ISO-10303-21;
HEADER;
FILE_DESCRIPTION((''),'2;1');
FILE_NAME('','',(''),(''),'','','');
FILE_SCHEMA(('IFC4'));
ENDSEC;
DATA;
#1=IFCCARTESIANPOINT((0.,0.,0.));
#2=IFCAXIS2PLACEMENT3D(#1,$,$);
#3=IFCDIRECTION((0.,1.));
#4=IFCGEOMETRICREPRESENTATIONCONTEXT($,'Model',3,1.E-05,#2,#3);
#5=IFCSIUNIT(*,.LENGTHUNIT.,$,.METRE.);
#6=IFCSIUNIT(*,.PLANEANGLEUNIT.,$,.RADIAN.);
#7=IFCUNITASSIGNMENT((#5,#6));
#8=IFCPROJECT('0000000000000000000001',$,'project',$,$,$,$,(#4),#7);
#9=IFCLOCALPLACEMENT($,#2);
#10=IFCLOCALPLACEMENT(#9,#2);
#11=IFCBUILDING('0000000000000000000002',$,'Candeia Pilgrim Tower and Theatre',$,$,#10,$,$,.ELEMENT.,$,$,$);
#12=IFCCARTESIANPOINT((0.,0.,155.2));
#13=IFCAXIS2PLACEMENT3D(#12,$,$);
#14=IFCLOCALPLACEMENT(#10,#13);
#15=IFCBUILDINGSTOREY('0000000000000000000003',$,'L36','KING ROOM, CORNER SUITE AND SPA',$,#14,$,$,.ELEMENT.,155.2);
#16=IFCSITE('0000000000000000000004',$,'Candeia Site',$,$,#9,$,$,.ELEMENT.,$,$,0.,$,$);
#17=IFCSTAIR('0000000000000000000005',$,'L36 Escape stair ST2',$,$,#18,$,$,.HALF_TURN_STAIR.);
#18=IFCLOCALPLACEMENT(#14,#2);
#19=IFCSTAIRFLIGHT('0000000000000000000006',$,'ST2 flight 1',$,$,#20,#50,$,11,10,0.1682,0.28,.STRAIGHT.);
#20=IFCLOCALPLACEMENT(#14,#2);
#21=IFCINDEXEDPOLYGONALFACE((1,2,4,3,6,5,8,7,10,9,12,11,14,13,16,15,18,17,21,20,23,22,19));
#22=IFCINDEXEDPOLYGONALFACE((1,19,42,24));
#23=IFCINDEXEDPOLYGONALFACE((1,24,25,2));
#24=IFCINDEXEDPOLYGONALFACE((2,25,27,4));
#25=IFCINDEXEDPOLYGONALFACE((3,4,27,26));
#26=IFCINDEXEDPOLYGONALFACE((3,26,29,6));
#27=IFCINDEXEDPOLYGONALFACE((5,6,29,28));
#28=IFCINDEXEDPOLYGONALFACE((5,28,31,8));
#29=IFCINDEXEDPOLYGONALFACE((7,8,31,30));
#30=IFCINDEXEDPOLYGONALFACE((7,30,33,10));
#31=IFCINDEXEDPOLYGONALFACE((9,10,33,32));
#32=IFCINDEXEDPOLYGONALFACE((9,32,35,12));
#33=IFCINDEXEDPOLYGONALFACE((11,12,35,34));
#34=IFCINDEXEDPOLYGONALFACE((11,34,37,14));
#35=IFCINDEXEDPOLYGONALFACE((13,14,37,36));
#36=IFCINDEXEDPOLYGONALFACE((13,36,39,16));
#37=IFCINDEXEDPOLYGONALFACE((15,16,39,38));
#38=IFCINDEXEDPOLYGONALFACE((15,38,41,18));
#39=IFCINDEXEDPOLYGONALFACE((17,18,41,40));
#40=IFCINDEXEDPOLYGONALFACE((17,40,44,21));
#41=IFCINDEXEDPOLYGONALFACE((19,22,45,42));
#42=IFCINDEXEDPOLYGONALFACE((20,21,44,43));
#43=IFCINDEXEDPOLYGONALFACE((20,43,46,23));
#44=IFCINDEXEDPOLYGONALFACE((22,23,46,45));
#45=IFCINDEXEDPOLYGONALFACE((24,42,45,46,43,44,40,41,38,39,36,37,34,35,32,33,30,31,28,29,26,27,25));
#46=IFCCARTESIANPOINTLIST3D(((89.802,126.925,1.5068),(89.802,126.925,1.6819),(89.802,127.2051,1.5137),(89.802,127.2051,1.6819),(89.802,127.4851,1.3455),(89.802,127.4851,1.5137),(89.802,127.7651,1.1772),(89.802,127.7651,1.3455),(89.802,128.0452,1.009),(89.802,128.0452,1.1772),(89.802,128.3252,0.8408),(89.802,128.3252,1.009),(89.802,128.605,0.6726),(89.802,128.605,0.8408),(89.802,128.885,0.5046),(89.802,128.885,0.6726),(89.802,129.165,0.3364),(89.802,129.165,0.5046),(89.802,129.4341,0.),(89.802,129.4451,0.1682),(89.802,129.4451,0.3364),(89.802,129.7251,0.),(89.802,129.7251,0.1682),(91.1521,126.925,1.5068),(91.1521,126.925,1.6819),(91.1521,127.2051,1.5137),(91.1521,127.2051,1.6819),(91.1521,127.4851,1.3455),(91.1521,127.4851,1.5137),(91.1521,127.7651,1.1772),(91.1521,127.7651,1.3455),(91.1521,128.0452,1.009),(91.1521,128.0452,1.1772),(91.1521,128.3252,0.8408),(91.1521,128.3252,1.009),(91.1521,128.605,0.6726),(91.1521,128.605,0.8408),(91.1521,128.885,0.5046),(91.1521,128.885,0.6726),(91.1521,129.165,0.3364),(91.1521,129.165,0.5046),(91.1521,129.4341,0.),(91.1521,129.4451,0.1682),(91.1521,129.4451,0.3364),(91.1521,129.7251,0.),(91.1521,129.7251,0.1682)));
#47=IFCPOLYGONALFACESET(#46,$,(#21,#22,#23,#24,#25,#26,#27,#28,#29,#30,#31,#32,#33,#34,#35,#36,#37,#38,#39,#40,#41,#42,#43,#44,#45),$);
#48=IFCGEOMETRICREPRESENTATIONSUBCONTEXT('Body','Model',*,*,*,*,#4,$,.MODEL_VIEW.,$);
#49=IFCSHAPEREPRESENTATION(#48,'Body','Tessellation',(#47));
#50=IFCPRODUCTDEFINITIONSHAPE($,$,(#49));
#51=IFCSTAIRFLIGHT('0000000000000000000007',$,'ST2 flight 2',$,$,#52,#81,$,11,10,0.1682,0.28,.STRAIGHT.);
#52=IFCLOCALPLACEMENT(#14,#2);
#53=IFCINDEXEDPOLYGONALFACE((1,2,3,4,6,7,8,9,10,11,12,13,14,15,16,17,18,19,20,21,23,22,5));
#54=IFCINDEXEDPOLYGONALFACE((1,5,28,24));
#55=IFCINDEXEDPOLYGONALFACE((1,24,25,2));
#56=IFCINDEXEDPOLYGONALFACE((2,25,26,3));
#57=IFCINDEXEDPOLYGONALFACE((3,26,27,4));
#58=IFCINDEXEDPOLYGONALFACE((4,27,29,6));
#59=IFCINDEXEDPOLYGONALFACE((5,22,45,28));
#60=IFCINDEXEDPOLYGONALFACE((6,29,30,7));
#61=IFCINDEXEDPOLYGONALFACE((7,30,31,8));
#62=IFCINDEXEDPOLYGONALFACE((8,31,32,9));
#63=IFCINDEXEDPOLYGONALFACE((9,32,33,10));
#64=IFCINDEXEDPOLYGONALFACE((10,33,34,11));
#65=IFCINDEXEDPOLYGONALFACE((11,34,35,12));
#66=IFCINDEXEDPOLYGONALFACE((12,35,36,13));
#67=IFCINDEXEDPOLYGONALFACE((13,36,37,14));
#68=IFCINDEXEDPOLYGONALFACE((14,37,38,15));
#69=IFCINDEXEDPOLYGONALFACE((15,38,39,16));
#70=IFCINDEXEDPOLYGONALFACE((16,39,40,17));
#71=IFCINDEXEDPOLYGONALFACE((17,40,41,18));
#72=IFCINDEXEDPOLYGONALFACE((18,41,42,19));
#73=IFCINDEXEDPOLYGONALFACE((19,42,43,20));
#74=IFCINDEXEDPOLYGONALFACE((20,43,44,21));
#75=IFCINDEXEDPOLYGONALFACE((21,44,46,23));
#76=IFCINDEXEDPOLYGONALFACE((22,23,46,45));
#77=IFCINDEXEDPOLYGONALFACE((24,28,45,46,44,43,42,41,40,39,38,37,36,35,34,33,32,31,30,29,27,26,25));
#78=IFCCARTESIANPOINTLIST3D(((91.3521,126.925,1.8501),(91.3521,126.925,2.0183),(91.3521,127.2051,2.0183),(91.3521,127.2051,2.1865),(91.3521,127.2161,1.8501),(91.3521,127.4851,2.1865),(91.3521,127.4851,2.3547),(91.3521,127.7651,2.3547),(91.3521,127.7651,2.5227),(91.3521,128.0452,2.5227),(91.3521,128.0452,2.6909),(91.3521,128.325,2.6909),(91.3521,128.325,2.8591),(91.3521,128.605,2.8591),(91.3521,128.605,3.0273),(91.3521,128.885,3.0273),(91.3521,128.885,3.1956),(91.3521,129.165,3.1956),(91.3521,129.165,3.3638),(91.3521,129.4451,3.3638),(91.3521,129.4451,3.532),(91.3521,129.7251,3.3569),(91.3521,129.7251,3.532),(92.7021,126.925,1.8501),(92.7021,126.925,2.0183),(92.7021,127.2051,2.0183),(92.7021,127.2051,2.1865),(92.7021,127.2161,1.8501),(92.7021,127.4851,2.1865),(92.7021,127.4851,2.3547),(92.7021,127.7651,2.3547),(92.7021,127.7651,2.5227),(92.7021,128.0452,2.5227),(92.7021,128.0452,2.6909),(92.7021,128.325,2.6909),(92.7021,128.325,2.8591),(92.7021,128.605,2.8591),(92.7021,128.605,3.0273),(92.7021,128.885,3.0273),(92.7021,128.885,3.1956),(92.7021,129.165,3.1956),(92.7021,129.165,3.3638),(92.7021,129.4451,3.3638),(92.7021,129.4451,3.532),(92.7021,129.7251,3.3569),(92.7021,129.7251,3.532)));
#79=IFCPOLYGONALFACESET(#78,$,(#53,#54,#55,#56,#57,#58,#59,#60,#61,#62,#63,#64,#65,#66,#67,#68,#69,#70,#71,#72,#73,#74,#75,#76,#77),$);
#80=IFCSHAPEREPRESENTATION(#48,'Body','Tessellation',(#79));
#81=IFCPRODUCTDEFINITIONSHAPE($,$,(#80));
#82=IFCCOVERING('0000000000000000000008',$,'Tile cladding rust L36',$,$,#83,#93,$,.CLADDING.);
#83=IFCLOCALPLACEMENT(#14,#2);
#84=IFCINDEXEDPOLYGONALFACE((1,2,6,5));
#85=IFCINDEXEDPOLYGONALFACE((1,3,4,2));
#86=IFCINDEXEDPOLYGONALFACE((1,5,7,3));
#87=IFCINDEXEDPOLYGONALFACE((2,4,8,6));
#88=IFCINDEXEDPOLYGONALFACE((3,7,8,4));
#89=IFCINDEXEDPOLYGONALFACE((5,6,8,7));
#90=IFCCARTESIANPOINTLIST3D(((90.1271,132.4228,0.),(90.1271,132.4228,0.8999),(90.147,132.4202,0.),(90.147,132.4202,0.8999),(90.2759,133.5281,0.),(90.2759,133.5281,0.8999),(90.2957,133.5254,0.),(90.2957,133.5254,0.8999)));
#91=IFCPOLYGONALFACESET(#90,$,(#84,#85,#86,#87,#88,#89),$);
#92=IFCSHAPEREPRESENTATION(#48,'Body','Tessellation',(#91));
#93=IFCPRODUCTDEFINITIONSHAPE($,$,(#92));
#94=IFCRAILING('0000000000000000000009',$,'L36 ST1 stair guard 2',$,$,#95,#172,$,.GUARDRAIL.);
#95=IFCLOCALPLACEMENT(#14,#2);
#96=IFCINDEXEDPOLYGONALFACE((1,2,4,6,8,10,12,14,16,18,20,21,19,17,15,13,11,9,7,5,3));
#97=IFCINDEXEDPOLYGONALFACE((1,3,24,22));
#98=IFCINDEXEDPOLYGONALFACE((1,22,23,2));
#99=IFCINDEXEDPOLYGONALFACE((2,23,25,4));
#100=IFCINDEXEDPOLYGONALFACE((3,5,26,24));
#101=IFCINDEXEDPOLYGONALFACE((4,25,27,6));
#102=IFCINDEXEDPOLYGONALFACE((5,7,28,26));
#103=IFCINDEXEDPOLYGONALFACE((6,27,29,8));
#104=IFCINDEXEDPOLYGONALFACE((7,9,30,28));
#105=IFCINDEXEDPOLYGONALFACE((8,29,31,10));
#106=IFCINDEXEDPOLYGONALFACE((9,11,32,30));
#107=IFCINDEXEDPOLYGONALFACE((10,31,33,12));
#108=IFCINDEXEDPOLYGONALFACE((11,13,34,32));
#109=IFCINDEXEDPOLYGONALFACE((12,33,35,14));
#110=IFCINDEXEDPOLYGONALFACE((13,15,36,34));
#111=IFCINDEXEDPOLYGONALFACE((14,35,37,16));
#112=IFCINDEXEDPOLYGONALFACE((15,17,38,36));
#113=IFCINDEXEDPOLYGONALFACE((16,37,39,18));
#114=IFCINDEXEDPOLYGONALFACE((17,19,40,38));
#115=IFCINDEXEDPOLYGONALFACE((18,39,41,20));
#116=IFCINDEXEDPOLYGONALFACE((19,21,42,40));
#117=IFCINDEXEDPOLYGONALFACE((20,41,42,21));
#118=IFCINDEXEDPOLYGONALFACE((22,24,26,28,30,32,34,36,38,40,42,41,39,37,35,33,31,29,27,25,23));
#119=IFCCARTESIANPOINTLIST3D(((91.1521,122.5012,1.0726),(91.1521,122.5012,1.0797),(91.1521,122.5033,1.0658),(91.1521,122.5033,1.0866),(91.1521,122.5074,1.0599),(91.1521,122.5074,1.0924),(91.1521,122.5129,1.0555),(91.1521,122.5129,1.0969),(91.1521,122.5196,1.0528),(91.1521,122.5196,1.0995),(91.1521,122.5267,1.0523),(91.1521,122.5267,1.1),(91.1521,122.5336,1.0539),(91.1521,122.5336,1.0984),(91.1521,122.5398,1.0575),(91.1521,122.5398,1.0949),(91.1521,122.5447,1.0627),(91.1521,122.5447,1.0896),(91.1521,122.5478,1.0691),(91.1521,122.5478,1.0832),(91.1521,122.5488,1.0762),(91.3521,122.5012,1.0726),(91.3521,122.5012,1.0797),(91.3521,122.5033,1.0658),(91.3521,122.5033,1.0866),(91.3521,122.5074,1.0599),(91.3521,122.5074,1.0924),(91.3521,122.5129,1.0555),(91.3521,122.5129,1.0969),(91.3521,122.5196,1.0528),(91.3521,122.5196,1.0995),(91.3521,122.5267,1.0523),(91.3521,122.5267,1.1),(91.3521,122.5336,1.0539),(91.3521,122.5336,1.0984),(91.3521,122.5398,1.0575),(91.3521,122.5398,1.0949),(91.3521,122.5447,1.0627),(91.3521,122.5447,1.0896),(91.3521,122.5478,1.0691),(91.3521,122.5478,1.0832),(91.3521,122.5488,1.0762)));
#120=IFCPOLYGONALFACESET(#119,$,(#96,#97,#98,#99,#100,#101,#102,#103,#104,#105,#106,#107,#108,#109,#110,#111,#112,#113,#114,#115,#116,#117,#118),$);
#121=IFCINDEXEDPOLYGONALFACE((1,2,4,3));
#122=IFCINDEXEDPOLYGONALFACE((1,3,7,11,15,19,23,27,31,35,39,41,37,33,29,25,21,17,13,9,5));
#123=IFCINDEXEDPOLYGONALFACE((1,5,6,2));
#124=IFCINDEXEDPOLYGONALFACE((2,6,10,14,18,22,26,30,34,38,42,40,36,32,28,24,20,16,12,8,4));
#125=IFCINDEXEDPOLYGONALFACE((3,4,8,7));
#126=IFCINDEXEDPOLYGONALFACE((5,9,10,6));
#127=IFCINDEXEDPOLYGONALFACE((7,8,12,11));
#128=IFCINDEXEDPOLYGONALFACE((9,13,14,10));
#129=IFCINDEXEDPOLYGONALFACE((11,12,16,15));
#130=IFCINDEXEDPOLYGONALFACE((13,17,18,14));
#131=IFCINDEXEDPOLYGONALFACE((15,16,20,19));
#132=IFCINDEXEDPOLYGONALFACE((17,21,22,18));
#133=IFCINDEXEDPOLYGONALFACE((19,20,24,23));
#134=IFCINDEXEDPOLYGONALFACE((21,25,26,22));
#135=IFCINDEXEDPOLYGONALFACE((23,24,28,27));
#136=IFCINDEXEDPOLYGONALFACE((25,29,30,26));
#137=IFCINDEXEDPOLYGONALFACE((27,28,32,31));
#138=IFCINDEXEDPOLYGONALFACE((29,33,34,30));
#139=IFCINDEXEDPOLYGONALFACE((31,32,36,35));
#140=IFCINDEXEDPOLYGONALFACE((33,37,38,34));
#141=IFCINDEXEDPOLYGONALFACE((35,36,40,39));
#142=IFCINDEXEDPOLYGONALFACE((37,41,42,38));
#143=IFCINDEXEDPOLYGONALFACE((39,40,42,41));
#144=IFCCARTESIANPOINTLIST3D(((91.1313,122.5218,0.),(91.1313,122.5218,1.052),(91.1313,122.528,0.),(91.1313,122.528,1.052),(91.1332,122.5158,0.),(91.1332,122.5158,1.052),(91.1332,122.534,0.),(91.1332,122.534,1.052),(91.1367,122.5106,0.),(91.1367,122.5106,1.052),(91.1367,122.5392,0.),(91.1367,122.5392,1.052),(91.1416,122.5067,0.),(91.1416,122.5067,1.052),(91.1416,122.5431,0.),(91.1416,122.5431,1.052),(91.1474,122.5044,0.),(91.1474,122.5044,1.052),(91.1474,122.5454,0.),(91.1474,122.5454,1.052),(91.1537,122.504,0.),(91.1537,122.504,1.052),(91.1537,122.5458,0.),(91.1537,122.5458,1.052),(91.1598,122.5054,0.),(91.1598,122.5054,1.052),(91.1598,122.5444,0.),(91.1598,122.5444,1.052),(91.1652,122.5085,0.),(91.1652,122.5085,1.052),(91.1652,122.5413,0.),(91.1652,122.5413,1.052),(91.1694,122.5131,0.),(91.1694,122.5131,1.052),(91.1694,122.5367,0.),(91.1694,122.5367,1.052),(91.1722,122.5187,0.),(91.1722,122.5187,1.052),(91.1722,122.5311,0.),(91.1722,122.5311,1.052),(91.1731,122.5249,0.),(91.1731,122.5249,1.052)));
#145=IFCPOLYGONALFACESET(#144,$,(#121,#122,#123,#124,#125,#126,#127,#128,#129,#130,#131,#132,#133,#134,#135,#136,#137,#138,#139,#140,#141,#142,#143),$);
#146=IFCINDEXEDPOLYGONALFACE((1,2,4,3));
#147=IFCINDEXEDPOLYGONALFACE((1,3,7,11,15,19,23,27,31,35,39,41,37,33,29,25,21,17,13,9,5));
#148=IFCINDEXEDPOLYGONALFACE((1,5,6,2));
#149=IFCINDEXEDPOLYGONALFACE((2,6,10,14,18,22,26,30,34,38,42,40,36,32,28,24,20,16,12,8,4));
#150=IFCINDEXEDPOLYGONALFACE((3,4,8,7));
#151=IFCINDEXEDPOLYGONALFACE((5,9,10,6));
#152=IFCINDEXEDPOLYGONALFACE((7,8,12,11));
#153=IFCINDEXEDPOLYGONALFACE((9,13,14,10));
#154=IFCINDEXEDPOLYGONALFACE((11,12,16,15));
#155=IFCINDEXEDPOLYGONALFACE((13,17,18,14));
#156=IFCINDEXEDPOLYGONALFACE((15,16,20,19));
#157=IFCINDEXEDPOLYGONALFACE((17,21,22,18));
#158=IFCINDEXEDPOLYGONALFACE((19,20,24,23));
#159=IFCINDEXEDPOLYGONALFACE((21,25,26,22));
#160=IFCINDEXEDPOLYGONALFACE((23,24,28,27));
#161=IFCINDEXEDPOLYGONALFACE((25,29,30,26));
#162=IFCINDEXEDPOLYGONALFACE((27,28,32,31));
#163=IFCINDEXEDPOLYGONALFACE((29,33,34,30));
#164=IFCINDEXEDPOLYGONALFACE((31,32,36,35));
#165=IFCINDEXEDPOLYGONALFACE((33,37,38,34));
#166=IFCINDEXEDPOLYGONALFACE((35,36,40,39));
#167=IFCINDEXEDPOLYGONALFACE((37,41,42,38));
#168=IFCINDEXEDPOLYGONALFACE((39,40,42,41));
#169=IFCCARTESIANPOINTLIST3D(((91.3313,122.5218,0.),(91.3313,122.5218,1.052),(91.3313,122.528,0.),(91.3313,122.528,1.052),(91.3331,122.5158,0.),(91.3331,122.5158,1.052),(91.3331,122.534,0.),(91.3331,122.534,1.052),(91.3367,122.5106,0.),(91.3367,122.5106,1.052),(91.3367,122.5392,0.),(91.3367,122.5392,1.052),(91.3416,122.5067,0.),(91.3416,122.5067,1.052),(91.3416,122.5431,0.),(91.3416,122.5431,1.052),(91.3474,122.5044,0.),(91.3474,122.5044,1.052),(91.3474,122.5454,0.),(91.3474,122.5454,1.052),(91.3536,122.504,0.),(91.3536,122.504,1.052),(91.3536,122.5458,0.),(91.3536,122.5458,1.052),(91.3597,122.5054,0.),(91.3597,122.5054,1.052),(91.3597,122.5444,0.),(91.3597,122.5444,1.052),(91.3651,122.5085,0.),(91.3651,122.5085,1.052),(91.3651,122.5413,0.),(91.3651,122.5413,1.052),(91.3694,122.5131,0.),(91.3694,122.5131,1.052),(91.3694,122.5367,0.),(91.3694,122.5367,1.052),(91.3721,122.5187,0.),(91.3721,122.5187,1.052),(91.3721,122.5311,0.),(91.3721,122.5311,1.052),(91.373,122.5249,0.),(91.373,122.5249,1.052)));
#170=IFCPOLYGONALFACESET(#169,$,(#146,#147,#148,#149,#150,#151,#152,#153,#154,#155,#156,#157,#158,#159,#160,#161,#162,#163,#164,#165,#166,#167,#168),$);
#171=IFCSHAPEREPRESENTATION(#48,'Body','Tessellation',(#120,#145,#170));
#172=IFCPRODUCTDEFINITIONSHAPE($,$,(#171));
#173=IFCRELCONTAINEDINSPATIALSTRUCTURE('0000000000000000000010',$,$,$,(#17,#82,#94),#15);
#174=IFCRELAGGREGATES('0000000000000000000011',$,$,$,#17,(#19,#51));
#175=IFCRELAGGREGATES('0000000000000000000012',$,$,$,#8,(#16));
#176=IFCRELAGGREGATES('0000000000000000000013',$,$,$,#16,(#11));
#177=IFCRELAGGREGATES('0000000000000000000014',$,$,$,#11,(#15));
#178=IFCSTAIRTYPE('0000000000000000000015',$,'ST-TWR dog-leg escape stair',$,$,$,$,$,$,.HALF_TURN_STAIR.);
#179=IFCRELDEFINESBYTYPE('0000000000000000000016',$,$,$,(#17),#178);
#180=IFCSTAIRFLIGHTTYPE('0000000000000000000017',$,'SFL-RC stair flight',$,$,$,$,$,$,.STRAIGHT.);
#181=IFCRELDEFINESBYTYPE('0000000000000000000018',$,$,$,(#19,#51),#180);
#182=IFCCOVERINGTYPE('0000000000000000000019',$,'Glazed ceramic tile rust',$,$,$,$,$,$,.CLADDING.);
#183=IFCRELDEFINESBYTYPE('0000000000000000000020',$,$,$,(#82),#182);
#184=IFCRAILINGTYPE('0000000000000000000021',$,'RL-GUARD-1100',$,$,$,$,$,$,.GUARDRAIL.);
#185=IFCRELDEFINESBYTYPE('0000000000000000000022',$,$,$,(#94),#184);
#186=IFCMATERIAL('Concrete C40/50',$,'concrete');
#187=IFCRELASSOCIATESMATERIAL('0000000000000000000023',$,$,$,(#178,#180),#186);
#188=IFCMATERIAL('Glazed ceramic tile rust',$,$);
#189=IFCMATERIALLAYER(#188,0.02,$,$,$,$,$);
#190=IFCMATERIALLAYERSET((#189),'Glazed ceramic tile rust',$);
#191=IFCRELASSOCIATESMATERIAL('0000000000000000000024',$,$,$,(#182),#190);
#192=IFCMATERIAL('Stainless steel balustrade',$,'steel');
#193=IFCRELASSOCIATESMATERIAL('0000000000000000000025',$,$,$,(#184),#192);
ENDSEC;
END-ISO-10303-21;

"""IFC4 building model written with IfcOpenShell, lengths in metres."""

from ifc_helpers import new_model, si_unit, direction, frame, origin, origin_2d, place, context, subcontext, project, spatial, polyline, rectangle, circle, outline, extrude, material, layer, layer_set, type_object, element, aggregate, save


model = new_model("IFC4")

# Units and contexts
model_context = context("Model", 3, precision=1e-05, world=origin(), true_north=direction((0.0, 1.0)))
body_context = subcontext(model_context, "Body", "Model", "MODEL_VIEW")
ifc_project = project(units=[si_unit("LENGTHUNIT", "METRE"), si_unit("PLANEANGLEUNIT", "RADIAN")], contexts=[model_context])

# Site, building, storey
site_placement = place(None, origin())
site = spatial("IfcSite", under=ifc_project, at=site_placement, Name="Candeia Site", CompositionType="ELEMENT", RefElevation=0.0)
building_placement = place(site_placement, origin())
building = spatial("IfcBuilding", under=site, at=building_placement, Name="Candeia Pilgrim Tower and Theatre", CompositionType="ELEMENT")
storey_placement = place(building_placement, frame((0.0, 0.0, 155.2)))
storey = spatial("IfcBuildingStorey", under=building, at=storey_placement, Name="L36", Description="KING ROOM, CORNER SUITE AND SPA", CompositionType="ELEMENT", Elevation=155.2)

# Shared definitions
ifc_material_1 = material(Name="Concrete C40/50", Category="concrete")

# Stair, stair flights
stair_type = type_object("IfcStairType", Name="ST-TWR dog-leg escape stair", PredefinedType="HALF_TURN_STAIR", material=ifc_material_1)
stair_flight_type = type_object("IfcStairFlightType", Name="SFL-RC stair flight", PredefinedType="STRAIGHT", material=ifc_material_1)
stair_1_placement = place(storey_placement, origin())
stair_1 = element("IfcStair", 1, at=stair_1_placement, inside=storey, type_object=stair_type, Name="L36 Escape stair ST2", PredefinedType="HALF_TURN_STAIR")
stair_flight_1_placement = place(storey_placement, frame((90.4771, 129.7251, 0.0), z_axis=(0.0, 0.0, 1.0), x_axis=(0.0, -1.0, 0.0)))
stair_flight_1 = element("IfcStairFlight", 2, at=stair_flight_1_placement, type_object=stair_flight_type, Name="ST2 flight 1", NumberOfRisers=11, NumberOfTreads=10, PredefinedType="STRAIGHT", RiserHeight=0.1682, TreadLength=0.28, context=body_context, shape_type="SweptSolid", body=[
    extrude(outline(polyline([(0.0, 0.0), (0.0, 0.1682), (0.28, 0.1682), (0.28, 0.3364), (0.5601, 0.3364), (0.5601, 0.5046), (0.8401, 0.5046), (0.8401, 0.6726), (1.1201, 0.6726), (1.1201, 0.8408), (1.3999, 0.8408), (1.3999, 1.009), (1.6799, 1.009), (1.6799, 1.1772), (1.96, 1.1772), (1.96, 1.3455), (2.24, 1.3455), (2.24, 1.5137), (2.52, 1.5137), (2.52, 1.6819), (2.8, 1.6819), (2.8, 1.8501), (2.8, 1.5068), (0.291, 0.0), (0.0, 0.0)])), frame((0.0, 0.675, 0.0), z_axis=(0.0, -1.0, 0.0), x_axis=(1.0, 0.0, 0.0)), (0.0, 0.0, 1.0), 1.3501),
])
stair_flight_2_placement = place(storey_placement, frame((92.0271, 126.925, 1.8501), z_axis=(0.0, 0.0, 1.0), x_axis=(0.0, 1.0, 0.0)))
stair_flight_2 = element("IfcStairFlight", 3, at=stair_flight_2_placement, type_object=stair_flight_type, Name="ST2 flight 2", NumberOfRisers=11, NumberOfTreads=10, PredefinedType="STRAIGHT", RiserHeight=0.1682, TreadLength=0.28, context=body_context, shape_type="SweptSolid", body=[
    extrude(outline(polyline([(0.0, 0.0), (0.0, 0.1682), (0.28, 0.1682), (0.28, 0.3364), (0.5601, 0.3364), (0.5601, 0.5046), (0.8401, 0.5046), (0.8401, 0.6726), (1.1201, 0.6726), (1.1201, 0.8408), (1.3999, 0.8408), (1.3999, 1.009), (1.6799, 1.009), (1.6799, 1.1772), (1.96, 1.1772), (1.96, 1.3455), (2.24, 1.3455), (2.24, 1.5137), (2.52, 1.5137), (2.52, 1.6819), (2.8, 1.6819), (2.8, 1.8501), (2.8, 1.5068), (0.291, 0.0), (0.0, 0.0)])), frame((0.0, 0.675, 0.0), z_axis=(0.0, -1.0, 0.0), x_axis=(1.0, 0.0, 0.0)), (0.0, 0.0, 1.0), 1.3501),
])
aggregate(stair_1, [stair_flight_1, stair_flight_2])

# Shared definitions
ifc_material_2 = material(Name="Stainless steel balustrade", Category="steel")

# Covering
ifc_material_3 = material(Name="Glazed ceramic tile rust")
ifc_layer_1 = layer(ifc_material_3, 0.02)
ifc_layer_set_1 = layer_set([ifc_layer_1], Name="Glazed ceramic tile rust")
covering_type = type_object("IfcCoveringType", Name="Glazed ceramic tile rust", PredefinedType="CLADDING", material=ifc_layer_set_1)
covering_placement = place(storey_placement, frame((90.2114, 132.9741, 0.0), z_axis=(0.0, 0.0, 1.0), x_axis=(-0.133412, -0.991061, 0.0)))
element("IfcCovering", 4, at=covering_placement, inside=storey, type_object=covering_type, Name="Tile cladding rust L36", PredefinedType="CLADDING", context=body_context, shape_type="SweptSolid", body=[
    extrude(rectangle(XDim=1.1152, YDim=0.02, at=origin_2d()), origin(), (0.0, 0.0, 1.0), 0.8999),
])

# Railing
railing_type_1 = type_object("IfcRailingType", Name="RL-GUARD-1100", PredefinedType="GUARDRAIL", material=ifc_material_2)
railing_1_placement = place(storey_placement, frame((91.1521, 122.5249, 0.0)))
element("IfcRailing", 5, at=railing_1_placement, inside=storey, type_object=railing_type_1, Name="L36 ST1 stair guard 2", PredefinedType="GUARDRAIL", context=body_context, shape_type="SweptSolid", body=[
    extrude(circle(Radius=0.0239, at=origin_2d()), frame((0.0, 0.0, 1.0762), z_axis=(1.0, 0.0, 0.0), x_axis=(0.0, 1.0, 0.0)), (0.0, 0.0, 1.0), 0.2),
    extrude(circle(Radius=0.021, at=origin_2d()), origin(), (0.0, 0.0, 1.0), 1.052),
    extrude(circle(Radius=0.021, at=origin_2d()), frame((0.2, 0.0, 0.0)), (0.0, 0.0, 1.0), 1.052),
])

save(model, "model.ifc")
